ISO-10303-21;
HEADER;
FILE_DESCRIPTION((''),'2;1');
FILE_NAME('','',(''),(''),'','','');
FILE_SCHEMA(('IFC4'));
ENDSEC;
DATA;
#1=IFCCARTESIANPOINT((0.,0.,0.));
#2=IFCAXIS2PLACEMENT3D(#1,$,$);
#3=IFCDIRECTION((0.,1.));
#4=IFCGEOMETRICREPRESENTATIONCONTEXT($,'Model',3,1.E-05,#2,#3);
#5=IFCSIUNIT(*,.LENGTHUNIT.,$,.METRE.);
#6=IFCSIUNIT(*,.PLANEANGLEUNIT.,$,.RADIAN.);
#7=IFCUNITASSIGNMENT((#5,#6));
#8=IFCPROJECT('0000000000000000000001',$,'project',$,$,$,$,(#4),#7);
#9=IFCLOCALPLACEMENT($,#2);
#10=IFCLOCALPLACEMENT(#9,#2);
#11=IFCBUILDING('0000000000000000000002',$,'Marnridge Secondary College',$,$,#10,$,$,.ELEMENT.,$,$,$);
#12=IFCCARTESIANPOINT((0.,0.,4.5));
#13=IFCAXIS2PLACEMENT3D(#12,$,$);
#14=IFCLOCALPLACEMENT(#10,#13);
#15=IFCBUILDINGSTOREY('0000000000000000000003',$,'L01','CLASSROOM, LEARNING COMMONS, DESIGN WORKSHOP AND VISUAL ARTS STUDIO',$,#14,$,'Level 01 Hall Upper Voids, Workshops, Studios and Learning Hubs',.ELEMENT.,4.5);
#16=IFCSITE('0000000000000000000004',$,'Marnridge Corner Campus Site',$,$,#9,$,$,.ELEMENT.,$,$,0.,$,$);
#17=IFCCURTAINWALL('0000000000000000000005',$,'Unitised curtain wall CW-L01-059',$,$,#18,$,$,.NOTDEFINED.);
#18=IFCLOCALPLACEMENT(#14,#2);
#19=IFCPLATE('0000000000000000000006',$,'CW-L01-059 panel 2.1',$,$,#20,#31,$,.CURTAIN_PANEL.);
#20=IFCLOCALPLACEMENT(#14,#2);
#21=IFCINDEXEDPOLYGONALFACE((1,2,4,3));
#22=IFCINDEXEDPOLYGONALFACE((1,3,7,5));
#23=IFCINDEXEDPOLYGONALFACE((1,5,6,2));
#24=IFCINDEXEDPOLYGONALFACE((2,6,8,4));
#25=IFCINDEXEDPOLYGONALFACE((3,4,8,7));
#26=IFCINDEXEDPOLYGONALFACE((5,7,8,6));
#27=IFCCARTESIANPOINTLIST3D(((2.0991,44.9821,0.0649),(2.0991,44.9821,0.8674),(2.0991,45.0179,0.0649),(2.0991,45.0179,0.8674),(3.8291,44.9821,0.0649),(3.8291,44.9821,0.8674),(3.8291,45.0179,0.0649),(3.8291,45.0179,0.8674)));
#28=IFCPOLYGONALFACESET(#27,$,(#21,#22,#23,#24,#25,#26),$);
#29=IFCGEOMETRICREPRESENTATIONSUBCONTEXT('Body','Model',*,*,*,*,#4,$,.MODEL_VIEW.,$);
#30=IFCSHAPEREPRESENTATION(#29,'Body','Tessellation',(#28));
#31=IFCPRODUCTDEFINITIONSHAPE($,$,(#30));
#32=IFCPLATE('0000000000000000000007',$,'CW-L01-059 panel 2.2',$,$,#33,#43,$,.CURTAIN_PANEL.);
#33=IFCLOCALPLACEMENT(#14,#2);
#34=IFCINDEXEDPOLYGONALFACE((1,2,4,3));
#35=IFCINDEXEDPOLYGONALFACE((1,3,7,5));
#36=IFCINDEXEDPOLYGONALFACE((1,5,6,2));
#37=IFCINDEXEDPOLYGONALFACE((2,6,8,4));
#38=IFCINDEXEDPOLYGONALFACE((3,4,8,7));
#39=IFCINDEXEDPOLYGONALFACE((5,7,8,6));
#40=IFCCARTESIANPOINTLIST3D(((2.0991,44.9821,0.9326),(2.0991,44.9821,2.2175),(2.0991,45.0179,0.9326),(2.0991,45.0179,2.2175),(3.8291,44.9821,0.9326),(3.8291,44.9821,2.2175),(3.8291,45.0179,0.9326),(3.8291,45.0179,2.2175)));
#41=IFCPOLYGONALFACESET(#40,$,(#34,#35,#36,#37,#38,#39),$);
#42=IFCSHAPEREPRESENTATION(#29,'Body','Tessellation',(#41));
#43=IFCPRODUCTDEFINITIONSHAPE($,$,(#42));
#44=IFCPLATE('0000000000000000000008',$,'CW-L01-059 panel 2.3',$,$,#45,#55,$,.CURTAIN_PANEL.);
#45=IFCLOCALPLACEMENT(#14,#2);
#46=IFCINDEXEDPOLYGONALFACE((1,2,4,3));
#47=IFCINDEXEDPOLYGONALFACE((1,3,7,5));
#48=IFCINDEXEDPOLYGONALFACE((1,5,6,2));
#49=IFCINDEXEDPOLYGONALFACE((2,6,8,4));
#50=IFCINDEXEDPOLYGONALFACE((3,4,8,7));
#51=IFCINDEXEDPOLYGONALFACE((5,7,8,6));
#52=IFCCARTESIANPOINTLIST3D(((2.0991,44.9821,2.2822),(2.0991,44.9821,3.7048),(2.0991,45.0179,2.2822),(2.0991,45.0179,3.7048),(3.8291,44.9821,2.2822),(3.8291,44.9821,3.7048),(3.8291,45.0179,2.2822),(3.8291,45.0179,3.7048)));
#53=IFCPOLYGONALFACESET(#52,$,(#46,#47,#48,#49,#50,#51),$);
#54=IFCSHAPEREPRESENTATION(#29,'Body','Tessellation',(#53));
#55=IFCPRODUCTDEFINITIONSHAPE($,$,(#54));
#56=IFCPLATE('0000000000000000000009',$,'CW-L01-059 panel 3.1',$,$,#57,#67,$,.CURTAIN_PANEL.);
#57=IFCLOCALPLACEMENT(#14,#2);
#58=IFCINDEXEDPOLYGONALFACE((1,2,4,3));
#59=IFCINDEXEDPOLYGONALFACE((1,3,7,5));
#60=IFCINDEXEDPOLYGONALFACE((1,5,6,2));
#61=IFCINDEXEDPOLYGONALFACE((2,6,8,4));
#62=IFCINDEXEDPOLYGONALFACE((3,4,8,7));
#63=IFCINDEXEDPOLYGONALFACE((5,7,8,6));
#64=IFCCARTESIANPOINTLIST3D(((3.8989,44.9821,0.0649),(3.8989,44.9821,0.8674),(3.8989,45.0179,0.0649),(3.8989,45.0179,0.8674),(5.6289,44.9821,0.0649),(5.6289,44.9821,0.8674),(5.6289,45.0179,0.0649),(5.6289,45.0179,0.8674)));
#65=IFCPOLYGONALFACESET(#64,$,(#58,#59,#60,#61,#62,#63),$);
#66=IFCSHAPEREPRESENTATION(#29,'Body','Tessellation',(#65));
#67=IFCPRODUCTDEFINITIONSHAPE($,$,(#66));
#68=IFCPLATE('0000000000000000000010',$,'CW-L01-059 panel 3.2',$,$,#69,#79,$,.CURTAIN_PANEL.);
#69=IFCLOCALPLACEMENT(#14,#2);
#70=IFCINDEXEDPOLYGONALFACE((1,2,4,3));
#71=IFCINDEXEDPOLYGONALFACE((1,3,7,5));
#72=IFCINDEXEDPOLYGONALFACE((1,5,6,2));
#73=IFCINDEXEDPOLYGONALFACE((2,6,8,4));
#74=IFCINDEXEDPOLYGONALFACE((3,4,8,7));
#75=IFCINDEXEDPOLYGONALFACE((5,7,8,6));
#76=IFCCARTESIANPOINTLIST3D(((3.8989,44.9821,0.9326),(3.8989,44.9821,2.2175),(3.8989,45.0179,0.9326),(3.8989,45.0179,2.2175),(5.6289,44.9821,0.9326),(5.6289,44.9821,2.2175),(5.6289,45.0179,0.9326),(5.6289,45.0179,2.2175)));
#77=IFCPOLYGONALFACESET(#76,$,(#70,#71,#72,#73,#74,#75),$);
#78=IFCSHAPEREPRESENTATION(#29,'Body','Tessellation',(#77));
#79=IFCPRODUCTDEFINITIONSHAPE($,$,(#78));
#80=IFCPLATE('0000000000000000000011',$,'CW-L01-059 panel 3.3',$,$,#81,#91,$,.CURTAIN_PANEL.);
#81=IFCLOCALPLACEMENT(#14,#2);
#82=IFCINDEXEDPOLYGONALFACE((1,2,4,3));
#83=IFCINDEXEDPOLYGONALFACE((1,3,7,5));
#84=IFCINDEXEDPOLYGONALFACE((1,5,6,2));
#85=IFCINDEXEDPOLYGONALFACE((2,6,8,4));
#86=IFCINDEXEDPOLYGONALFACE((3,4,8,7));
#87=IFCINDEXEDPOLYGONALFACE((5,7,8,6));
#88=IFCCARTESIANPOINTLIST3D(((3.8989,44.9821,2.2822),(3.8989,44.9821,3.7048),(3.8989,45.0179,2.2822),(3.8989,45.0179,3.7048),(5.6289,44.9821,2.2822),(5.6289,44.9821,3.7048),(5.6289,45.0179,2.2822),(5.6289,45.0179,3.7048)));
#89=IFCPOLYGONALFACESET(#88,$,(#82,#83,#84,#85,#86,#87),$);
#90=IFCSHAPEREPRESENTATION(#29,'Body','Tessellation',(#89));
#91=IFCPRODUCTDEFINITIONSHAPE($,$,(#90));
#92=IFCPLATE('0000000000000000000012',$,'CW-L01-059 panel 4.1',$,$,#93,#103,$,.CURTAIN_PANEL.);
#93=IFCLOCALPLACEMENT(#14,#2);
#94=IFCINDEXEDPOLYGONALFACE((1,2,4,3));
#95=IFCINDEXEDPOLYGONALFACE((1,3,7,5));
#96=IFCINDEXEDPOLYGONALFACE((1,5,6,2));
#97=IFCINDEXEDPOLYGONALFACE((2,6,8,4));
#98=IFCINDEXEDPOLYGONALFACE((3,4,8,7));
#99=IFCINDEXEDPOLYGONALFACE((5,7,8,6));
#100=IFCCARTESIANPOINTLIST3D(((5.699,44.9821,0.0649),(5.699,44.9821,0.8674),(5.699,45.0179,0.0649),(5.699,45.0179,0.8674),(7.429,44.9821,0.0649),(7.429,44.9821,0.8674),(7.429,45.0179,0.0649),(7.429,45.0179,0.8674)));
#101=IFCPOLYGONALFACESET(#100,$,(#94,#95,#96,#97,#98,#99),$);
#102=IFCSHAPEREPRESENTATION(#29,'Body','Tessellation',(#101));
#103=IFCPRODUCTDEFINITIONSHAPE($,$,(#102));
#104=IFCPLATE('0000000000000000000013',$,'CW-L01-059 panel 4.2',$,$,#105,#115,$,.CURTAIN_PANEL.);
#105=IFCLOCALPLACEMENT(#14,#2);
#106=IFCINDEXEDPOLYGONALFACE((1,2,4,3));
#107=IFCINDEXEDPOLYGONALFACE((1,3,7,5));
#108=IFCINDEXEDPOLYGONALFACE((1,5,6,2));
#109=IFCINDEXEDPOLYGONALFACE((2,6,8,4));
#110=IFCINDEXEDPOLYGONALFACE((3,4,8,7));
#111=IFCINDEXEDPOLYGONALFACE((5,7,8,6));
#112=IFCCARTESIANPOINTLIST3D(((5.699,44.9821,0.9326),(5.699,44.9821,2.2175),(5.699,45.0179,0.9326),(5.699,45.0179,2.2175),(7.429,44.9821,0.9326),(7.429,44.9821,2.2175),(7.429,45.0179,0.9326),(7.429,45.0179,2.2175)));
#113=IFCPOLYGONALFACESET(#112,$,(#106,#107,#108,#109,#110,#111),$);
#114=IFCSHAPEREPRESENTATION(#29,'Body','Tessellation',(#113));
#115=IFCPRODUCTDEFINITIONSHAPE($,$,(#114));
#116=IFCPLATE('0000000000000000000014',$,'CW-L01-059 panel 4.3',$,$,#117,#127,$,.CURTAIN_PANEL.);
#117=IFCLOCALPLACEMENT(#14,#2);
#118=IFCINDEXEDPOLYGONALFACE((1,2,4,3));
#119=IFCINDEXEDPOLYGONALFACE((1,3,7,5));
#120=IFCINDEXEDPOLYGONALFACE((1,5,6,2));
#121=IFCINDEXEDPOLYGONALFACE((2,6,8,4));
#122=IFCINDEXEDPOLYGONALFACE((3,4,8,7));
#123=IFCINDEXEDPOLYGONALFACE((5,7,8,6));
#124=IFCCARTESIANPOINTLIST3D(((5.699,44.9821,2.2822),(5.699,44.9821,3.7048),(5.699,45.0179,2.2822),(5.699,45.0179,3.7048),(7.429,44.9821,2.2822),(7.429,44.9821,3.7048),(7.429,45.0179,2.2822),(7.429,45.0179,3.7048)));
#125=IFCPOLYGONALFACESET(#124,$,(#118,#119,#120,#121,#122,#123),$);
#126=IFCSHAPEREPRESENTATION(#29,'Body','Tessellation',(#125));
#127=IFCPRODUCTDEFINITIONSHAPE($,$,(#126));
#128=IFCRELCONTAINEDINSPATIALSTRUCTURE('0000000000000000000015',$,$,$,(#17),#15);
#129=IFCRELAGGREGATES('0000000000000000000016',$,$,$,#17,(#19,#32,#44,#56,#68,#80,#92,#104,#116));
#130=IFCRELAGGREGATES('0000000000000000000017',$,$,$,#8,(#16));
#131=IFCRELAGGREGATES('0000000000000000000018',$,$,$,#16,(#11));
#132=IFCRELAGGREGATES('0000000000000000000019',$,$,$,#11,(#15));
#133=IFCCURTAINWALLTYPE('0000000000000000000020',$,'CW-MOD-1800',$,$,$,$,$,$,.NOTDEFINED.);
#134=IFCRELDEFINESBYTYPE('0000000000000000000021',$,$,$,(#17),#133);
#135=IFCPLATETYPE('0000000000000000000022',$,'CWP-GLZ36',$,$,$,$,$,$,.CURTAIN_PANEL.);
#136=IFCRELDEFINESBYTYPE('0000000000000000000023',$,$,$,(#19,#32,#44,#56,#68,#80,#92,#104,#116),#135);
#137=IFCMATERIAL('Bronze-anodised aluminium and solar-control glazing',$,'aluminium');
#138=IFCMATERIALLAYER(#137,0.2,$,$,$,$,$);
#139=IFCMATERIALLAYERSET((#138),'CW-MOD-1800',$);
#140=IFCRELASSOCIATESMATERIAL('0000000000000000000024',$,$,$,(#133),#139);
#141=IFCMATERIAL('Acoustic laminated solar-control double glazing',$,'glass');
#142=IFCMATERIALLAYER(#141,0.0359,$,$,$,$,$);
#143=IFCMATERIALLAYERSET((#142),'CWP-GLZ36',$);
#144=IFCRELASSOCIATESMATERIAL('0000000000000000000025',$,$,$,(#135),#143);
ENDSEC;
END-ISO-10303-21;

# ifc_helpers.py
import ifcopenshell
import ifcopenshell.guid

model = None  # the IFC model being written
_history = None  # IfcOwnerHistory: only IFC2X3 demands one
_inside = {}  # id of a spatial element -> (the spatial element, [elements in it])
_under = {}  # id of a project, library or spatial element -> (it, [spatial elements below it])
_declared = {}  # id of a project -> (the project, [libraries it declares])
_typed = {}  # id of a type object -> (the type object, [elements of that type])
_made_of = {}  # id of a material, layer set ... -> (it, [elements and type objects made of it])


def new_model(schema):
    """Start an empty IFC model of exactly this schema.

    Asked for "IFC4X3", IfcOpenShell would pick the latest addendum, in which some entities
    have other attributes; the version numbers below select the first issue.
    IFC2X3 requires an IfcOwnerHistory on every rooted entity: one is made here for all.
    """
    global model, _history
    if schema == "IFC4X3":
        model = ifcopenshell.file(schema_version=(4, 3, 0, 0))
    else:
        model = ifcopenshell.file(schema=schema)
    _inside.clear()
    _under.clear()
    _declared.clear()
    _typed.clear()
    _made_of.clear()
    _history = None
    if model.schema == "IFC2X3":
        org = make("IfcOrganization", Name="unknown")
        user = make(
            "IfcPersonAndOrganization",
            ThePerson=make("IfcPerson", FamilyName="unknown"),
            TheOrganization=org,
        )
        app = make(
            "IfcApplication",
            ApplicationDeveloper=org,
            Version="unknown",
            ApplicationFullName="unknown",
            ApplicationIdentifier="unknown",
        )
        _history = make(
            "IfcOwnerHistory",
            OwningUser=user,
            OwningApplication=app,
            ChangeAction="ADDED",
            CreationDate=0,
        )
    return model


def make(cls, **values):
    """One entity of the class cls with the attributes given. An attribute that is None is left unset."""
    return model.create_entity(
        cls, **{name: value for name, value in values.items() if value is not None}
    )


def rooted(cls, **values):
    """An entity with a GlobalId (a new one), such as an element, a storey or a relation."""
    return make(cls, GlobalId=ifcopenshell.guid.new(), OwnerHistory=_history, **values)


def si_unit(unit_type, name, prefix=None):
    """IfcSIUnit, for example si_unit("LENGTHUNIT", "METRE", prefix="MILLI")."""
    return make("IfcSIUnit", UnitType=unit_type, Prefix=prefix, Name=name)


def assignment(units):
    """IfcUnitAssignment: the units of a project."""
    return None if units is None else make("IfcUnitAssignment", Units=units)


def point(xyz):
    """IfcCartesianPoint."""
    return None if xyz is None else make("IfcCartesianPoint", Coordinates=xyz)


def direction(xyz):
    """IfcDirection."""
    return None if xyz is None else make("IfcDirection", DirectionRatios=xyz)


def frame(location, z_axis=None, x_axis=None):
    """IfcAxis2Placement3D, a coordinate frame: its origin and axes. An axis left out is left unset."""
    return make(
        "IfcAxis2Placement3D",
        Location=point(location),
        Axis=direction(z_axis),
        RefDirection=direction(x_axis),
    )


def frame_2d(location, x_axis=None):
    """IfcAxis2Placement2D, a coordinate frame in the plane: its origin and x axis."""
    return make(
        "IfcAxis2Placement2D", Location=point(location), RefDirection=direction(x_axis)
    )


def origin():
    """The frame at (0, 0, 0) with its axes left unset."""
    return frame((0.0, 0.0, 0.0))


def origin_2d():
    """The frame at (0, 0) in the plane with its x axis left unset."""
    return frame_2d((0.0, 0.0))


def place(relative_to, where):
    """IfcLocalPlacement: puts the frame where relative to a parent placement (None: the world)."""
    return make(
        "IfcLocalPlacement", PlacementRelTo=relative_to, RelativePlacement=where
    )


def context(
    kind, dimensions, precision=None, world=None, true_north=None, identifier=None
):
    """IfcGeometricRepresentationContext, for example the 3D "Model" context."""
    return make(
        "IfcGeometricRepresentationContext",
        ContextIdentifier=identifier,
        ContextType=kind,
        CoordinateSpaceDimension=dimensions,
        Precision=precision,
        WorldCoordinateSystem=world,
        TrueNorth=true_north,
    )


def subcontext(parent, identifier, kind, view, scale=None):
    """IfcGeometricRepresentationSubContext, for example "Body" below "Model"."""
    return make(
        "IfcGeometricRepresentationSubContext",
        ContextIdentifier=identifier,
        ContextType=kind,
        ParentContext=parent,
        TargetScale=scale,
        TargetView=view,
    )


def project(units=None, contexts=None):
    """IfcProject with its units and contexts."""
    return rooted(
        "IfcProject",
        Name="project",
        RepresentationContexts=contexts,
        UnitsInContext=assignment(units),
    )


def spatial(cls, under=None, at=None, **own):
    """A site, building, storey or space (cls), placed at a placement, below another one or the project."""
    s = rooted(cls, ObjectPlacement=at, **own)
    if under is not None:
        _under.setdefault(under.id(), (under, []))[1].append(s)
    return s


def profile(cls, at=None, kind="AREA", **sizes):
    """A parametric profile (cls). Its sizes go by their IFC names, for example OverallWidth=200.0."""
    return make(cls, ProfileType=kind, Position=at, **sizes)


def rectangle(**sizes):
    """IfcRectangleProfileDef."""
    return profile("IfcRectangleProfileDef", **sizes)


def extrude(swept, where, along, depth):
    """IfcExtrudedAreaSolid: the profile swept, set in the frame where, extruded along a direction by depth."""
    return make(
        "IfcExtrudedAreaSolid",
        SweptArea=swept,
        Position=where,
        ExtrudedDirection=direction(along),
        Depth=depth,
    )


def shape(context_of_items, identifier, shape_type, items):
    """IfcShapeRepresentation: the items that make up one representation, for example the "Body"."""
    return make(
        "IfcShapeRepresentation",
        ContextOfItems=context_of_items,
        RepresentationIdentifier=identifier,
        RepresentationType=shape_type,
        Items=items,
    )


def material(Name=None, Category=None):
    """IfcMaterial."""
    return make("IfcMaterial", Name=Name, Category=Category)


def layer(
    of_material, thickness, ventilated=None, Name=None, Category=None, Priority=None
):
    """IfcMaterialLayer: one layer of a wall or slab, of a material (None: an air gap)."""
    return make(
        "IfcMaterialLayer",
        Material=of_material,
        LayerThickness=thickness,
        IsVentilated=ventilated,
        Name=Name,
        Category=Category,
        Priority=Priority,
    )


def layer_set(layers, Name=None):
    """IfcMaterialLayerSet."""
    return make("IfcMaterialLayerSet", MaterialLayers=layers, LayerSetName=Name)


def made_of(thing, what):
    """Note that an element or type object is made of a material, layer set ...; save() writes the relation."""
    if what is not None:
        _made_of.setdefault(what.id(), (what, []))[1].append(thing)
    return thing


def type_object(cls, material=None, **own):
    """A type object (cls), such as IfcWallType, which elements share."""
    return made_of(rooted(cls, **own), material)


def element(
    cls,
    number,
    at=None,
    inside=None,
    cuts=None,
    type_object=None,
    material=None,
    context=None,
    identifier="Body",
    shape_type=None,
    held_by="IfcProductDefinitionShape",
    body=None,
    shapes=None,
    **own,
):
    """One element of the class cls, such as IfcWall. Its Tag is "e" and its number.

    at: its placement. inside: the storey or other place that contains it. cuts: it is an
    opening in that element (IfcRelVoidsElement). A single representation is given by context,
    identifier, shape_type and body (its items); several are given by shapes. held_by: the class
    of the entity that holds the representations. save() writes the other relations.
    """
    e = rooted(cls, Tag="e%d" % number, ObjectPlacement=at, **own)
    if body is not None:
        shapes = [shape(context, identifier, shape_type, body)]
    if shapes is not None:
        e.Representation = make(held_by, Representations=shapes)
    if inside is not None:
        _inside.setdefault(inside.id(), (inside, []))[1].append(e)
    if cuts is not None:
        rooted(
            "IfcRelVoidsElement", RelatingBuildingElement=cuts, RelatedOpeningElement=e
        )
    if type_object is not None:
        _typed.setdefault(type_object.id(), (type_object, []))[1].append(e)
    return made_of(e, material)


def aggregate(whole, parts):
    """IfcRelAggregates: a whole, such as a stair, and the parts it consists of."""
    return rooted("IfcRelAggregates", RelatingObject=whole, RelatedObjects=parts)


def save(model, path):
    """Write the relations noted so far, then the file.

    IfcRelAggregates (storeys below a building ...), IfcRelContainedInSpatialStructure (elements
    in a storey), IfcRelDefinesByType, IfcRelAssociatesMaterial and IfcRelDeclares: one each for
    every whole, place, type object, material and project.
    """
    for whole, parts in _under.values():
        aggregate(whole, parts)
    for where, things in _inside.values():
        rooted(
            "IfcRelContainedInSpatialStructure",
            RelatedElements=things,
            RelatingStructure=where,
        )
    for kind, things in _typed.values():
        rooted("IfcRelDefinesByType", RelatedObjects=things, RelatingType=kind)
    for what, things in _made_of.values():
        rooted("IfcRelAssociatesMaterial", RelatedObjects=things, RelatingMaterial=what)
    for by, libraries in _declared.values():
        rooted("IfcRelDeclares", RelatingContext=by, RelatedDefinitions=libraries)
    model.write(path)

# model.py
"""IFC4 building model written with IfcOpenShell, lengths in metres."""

from ifc_helpers import new_model, si_unit, direction, frame, origin, origin_2d, place, context, subcontext, project, spatial, rectangle, extrude, material, layer, layer_set, type_object, element, aggregate, save


model = new_model("IFC4")

# Units and contexts
model_context = context("Model", 3, precision=1e-05, world=origin(), true_north=direction((0.0, 1.0)))
body_context = subcontext(model_context, "Body", "Model", "MODEL_VIEW")
ifc_project = project(units=[si_unit("LENGTHUNIT", "METRE"), si_unit("PLANEANGLEUNIT", "RADIAN")], contexts=[model_context])

# Site, building, storey
site_placement = place(None, origin())
site = spatial("IfcSite", under=ifc_project, at=site_placement, Name="Marnridge Corner Campus Site", CompositionType="ELEMENT", RefElevation=0.0)
building_placement = place(site_placement, origin())
building = spatial("IfcBuilding", under=site, at=building_placement, Name="Marnridge Secondary College", CompositionType="ELEMENT")
storey_placement = place(building_placement, frame((0.0, 0.0, 4.5)))
storey = spatial("IfcBuildingStorey", under=building, at=storey_placement, Name="L01", Description="CLASSROOM, LEARNING COMMONS, DESIGN WORKSHOP AND VISUAL ARTS STUDIO", LongName="Level 01 Hall Upper Voids, Workshops, Studios and Learning Hubs", CompositionType="ELEMENT", Elevation=4.5)

# Curtain wall, plates
ifc_material_1 = material(Name="Bronze-anodised aluminium and solar-control glazing", Category="aluminium")
ifc_layer_1 = layer(ifc_material_1, 0.2)
ifc_layer_set_1 = layer_set([ifc_layer_1], Name="CW-MOD-1800")
curtain_wall_type = type_object("IfcCurtainWallType", Name="CW-MOD-1800", PredefinedType="NOTDEFINED", material=ifc_layer_set_1)
curtain_wall_placement = place(storey_placement, origin())
curtain_wall = element("IfcCurtainWall", 1, at=curtain_wall_placement, inside=storey, type_object=curtain_wall_type, Name="Unitised curtain wall CW-L01-059", PredefinedType="NOTDEFINED")
ifc_material_2 = material(Name="Acoustic laminated solar-control double glazing", Category="glass")
ifc_layer_2 = layer(ifc_material_2, 0.0359)
ifc_layer_set_2 = layer_set([ifc_layer_2], Name="CWP-GLZ36")
plate_type = type_object("IfcPlateType", Name="CWP-GLZ36", PredefinedType="CURTAIN_PANEL", material=ifc_layer_set_2)
plate_1_placement = place(storey_placement, frame((2.9641, 45.0, 0.0649), z_axis=(0.0, 0.0, 1.0), x_axis=(1.0, 0.0, 0.0)))
plate_1 = element("IfcPlate", 2, at=plate_1_placement, type_object=plate_type, Name="CW-L01-059 panel 2.1", PredefinedType="CURTAIN_PANEL", context=body_context, shape_type="SweptSolid", body=[
    extrude(rectangle(XDim=1.73, YDim=0.0359, at=origin_2d()), origin(), (0.0, 0.0, 1.0), 0.8025),
])
plate_2_placement = place(storey_placement, frame((2.9641, 45.0, 0.9326), z_axis=(0.0, 0.0, 1.0), x_axis=(1.0, 0.0, 0.0)))
plate_2 = element("IfcPlate", 3, at=plate_2_placement, type_object=plate_type, Name="CW-L01-059 panel 2.2", PredefinedType="CURTAIN_PANEL", context=body_context, shape_type="SweptSolid", body=[
    extrude(rectangle(XDim=1.73, YDim=0.0359, at=origin_2d()), origin(), (0.0, 0.0, 1.0), 1.2849),
])
plate_3_placement = place(storey_placement, frame((2.9641, 45.0, 2.2822), z_axis=(0.0, 0.0, 1.0), x_axis=(1.0, 0.0, 0.0)))
plate_3 = element("IfcPlate", 4, at=plate_3_placement, type_object=plate_type, Name="CW-L01-059 panel 2.3", PredefinedType="CURTAIN_PANEL", context=body_context, shape_type="SweptSolid", body=[
    extrude(rectangle(XDim=1.73, YDim=0.0359, at=origin_2d()), origin(), (0.0, 0.0, 1.0), 1.4226),
])
plate_4_placement = place(storey_placement, frame((4.7639, 45.0, 0.0649), z_axis=(0.0, 0.0, 1.0), x_axis=(1.0, 0.0, 0.0)))
plate_4 = element("IfcPlate", 5, at=plate_4_placement, type_object=plate_type, Name="CW-L01-059 panel 3.1", PredefinedType="CURTAIN_PANEL", context=body_context, shape_type="SweptSolid", body=[
    extrude(rectangle(XDim=1.73, YDim=0.0359, at=origin_2d()), origin(), (0.0, 0.0, 1.0), 0.8025),
])
plate_5_placement = place(storey_placement, frame((4.7639, 45.0, 0.9326), z_axis=(0.0, 0.0, 1.0), x_axis=(1.0, 0.0, 0.0)))
plate_5 = element("IfcPlate", 6, at=plate_5_placement, type_object=plate_type, Name="CW-L01-059 panel 3.2", PredefinedType="CURTAIN_PANEL", context=body_context, shape_type="SweptSolid", body=[
    extrude(rectangle(XDim=1.73, YDim=0.0359, at=origin_2d()), origin(), (0.0, 0.0, 1.0), 1.2849),
])
plate_6_placement = place(storey_placement, frame((4.7639, 45.0, 2.2822), z_axis=(0.0, 0.0, 1.0), x_axis=(1.0, 0.0, 0.0)))
plate_6 = element("IfcPlate", 7, at=plate_6_placement, type_object=plate_type, Name="CW-L01-059 panel 3.3", PredefinedType="CURTAIN_PANEL", context=body_context, shape_type="SweptSolid", body=[
    extrude(rectangle(XDim=1.73, YDim=0.0359, at=origin_2d()), origin(), (0.0, 0.0, 1.0), 1.4226),
])
plate_7_placement = place(storey_placement, frame((6.564, 45.0, 0.0649), z_axis=(0.0, 0.0, 1.0), x_axis=(1.0, 0.0, 0.0)))
plate_7 = element("IfcPlate", 8, at=plate_7_placement, type_object=plate_type, Name="CW-L01-059 panel 4.1", PredefinedType="CURTAIN_PANEL", context=body_context, shape_type="SweptSolid", body=[
    extrude(rectangle(XDim=1.73, YDim=0.0359, at=origin_2d()), origin(), (0.0, 0.0, 1.0), 0.8025),
])
plate_8_placement = place(storey_placement, frame((6.564, 45.0, 0.9326), z_axis=(0.0, 0.0, 1.0), x_axis=(1.0, 0.0, 0.0)))
plate_8 = element("IfcPlate", 9, at=plate_8_placement, type_object=plate_type, Name="CW-L01-059 panel 4.2", PredefinedType="CURTAIN_PANEL", context=body_context, shape_type="SweptSolid", body=[
    extrude(rectangle(XDim=1.73, YDim=0.0359, at=origin_2d()), origin(), (0.0, 0.0, 1.0), 1.2849),
])
plate_9_placement = place(storey_placement, frame((6.564, 45.0, 2.2822), z_axis=(0.0, 0.0, 1.0), x_axis=(1.0, 0.0, 0.0)))
plate_9 = element("IfcPlate", 10, at=plate_9_placement, type_object=plate_type, Name="CW-L01-059 panel 4.3", PredefinedType="CURTAIN_PANEL", context=body_context, shape_type="SweptSolid", body=[
    extrude(rectangle(XDim=1.73, YDim=0.0359, at=origin_2d()), origin(), (0.0, 0.0, 1.0), 1.4226),
])
aggregate(curtain_wall, [plate_1, plate_2, plate_3, plate_4, plate_5, plate_6, plate_7, plate_8, plate_9])

save(model, "model.ifc")
